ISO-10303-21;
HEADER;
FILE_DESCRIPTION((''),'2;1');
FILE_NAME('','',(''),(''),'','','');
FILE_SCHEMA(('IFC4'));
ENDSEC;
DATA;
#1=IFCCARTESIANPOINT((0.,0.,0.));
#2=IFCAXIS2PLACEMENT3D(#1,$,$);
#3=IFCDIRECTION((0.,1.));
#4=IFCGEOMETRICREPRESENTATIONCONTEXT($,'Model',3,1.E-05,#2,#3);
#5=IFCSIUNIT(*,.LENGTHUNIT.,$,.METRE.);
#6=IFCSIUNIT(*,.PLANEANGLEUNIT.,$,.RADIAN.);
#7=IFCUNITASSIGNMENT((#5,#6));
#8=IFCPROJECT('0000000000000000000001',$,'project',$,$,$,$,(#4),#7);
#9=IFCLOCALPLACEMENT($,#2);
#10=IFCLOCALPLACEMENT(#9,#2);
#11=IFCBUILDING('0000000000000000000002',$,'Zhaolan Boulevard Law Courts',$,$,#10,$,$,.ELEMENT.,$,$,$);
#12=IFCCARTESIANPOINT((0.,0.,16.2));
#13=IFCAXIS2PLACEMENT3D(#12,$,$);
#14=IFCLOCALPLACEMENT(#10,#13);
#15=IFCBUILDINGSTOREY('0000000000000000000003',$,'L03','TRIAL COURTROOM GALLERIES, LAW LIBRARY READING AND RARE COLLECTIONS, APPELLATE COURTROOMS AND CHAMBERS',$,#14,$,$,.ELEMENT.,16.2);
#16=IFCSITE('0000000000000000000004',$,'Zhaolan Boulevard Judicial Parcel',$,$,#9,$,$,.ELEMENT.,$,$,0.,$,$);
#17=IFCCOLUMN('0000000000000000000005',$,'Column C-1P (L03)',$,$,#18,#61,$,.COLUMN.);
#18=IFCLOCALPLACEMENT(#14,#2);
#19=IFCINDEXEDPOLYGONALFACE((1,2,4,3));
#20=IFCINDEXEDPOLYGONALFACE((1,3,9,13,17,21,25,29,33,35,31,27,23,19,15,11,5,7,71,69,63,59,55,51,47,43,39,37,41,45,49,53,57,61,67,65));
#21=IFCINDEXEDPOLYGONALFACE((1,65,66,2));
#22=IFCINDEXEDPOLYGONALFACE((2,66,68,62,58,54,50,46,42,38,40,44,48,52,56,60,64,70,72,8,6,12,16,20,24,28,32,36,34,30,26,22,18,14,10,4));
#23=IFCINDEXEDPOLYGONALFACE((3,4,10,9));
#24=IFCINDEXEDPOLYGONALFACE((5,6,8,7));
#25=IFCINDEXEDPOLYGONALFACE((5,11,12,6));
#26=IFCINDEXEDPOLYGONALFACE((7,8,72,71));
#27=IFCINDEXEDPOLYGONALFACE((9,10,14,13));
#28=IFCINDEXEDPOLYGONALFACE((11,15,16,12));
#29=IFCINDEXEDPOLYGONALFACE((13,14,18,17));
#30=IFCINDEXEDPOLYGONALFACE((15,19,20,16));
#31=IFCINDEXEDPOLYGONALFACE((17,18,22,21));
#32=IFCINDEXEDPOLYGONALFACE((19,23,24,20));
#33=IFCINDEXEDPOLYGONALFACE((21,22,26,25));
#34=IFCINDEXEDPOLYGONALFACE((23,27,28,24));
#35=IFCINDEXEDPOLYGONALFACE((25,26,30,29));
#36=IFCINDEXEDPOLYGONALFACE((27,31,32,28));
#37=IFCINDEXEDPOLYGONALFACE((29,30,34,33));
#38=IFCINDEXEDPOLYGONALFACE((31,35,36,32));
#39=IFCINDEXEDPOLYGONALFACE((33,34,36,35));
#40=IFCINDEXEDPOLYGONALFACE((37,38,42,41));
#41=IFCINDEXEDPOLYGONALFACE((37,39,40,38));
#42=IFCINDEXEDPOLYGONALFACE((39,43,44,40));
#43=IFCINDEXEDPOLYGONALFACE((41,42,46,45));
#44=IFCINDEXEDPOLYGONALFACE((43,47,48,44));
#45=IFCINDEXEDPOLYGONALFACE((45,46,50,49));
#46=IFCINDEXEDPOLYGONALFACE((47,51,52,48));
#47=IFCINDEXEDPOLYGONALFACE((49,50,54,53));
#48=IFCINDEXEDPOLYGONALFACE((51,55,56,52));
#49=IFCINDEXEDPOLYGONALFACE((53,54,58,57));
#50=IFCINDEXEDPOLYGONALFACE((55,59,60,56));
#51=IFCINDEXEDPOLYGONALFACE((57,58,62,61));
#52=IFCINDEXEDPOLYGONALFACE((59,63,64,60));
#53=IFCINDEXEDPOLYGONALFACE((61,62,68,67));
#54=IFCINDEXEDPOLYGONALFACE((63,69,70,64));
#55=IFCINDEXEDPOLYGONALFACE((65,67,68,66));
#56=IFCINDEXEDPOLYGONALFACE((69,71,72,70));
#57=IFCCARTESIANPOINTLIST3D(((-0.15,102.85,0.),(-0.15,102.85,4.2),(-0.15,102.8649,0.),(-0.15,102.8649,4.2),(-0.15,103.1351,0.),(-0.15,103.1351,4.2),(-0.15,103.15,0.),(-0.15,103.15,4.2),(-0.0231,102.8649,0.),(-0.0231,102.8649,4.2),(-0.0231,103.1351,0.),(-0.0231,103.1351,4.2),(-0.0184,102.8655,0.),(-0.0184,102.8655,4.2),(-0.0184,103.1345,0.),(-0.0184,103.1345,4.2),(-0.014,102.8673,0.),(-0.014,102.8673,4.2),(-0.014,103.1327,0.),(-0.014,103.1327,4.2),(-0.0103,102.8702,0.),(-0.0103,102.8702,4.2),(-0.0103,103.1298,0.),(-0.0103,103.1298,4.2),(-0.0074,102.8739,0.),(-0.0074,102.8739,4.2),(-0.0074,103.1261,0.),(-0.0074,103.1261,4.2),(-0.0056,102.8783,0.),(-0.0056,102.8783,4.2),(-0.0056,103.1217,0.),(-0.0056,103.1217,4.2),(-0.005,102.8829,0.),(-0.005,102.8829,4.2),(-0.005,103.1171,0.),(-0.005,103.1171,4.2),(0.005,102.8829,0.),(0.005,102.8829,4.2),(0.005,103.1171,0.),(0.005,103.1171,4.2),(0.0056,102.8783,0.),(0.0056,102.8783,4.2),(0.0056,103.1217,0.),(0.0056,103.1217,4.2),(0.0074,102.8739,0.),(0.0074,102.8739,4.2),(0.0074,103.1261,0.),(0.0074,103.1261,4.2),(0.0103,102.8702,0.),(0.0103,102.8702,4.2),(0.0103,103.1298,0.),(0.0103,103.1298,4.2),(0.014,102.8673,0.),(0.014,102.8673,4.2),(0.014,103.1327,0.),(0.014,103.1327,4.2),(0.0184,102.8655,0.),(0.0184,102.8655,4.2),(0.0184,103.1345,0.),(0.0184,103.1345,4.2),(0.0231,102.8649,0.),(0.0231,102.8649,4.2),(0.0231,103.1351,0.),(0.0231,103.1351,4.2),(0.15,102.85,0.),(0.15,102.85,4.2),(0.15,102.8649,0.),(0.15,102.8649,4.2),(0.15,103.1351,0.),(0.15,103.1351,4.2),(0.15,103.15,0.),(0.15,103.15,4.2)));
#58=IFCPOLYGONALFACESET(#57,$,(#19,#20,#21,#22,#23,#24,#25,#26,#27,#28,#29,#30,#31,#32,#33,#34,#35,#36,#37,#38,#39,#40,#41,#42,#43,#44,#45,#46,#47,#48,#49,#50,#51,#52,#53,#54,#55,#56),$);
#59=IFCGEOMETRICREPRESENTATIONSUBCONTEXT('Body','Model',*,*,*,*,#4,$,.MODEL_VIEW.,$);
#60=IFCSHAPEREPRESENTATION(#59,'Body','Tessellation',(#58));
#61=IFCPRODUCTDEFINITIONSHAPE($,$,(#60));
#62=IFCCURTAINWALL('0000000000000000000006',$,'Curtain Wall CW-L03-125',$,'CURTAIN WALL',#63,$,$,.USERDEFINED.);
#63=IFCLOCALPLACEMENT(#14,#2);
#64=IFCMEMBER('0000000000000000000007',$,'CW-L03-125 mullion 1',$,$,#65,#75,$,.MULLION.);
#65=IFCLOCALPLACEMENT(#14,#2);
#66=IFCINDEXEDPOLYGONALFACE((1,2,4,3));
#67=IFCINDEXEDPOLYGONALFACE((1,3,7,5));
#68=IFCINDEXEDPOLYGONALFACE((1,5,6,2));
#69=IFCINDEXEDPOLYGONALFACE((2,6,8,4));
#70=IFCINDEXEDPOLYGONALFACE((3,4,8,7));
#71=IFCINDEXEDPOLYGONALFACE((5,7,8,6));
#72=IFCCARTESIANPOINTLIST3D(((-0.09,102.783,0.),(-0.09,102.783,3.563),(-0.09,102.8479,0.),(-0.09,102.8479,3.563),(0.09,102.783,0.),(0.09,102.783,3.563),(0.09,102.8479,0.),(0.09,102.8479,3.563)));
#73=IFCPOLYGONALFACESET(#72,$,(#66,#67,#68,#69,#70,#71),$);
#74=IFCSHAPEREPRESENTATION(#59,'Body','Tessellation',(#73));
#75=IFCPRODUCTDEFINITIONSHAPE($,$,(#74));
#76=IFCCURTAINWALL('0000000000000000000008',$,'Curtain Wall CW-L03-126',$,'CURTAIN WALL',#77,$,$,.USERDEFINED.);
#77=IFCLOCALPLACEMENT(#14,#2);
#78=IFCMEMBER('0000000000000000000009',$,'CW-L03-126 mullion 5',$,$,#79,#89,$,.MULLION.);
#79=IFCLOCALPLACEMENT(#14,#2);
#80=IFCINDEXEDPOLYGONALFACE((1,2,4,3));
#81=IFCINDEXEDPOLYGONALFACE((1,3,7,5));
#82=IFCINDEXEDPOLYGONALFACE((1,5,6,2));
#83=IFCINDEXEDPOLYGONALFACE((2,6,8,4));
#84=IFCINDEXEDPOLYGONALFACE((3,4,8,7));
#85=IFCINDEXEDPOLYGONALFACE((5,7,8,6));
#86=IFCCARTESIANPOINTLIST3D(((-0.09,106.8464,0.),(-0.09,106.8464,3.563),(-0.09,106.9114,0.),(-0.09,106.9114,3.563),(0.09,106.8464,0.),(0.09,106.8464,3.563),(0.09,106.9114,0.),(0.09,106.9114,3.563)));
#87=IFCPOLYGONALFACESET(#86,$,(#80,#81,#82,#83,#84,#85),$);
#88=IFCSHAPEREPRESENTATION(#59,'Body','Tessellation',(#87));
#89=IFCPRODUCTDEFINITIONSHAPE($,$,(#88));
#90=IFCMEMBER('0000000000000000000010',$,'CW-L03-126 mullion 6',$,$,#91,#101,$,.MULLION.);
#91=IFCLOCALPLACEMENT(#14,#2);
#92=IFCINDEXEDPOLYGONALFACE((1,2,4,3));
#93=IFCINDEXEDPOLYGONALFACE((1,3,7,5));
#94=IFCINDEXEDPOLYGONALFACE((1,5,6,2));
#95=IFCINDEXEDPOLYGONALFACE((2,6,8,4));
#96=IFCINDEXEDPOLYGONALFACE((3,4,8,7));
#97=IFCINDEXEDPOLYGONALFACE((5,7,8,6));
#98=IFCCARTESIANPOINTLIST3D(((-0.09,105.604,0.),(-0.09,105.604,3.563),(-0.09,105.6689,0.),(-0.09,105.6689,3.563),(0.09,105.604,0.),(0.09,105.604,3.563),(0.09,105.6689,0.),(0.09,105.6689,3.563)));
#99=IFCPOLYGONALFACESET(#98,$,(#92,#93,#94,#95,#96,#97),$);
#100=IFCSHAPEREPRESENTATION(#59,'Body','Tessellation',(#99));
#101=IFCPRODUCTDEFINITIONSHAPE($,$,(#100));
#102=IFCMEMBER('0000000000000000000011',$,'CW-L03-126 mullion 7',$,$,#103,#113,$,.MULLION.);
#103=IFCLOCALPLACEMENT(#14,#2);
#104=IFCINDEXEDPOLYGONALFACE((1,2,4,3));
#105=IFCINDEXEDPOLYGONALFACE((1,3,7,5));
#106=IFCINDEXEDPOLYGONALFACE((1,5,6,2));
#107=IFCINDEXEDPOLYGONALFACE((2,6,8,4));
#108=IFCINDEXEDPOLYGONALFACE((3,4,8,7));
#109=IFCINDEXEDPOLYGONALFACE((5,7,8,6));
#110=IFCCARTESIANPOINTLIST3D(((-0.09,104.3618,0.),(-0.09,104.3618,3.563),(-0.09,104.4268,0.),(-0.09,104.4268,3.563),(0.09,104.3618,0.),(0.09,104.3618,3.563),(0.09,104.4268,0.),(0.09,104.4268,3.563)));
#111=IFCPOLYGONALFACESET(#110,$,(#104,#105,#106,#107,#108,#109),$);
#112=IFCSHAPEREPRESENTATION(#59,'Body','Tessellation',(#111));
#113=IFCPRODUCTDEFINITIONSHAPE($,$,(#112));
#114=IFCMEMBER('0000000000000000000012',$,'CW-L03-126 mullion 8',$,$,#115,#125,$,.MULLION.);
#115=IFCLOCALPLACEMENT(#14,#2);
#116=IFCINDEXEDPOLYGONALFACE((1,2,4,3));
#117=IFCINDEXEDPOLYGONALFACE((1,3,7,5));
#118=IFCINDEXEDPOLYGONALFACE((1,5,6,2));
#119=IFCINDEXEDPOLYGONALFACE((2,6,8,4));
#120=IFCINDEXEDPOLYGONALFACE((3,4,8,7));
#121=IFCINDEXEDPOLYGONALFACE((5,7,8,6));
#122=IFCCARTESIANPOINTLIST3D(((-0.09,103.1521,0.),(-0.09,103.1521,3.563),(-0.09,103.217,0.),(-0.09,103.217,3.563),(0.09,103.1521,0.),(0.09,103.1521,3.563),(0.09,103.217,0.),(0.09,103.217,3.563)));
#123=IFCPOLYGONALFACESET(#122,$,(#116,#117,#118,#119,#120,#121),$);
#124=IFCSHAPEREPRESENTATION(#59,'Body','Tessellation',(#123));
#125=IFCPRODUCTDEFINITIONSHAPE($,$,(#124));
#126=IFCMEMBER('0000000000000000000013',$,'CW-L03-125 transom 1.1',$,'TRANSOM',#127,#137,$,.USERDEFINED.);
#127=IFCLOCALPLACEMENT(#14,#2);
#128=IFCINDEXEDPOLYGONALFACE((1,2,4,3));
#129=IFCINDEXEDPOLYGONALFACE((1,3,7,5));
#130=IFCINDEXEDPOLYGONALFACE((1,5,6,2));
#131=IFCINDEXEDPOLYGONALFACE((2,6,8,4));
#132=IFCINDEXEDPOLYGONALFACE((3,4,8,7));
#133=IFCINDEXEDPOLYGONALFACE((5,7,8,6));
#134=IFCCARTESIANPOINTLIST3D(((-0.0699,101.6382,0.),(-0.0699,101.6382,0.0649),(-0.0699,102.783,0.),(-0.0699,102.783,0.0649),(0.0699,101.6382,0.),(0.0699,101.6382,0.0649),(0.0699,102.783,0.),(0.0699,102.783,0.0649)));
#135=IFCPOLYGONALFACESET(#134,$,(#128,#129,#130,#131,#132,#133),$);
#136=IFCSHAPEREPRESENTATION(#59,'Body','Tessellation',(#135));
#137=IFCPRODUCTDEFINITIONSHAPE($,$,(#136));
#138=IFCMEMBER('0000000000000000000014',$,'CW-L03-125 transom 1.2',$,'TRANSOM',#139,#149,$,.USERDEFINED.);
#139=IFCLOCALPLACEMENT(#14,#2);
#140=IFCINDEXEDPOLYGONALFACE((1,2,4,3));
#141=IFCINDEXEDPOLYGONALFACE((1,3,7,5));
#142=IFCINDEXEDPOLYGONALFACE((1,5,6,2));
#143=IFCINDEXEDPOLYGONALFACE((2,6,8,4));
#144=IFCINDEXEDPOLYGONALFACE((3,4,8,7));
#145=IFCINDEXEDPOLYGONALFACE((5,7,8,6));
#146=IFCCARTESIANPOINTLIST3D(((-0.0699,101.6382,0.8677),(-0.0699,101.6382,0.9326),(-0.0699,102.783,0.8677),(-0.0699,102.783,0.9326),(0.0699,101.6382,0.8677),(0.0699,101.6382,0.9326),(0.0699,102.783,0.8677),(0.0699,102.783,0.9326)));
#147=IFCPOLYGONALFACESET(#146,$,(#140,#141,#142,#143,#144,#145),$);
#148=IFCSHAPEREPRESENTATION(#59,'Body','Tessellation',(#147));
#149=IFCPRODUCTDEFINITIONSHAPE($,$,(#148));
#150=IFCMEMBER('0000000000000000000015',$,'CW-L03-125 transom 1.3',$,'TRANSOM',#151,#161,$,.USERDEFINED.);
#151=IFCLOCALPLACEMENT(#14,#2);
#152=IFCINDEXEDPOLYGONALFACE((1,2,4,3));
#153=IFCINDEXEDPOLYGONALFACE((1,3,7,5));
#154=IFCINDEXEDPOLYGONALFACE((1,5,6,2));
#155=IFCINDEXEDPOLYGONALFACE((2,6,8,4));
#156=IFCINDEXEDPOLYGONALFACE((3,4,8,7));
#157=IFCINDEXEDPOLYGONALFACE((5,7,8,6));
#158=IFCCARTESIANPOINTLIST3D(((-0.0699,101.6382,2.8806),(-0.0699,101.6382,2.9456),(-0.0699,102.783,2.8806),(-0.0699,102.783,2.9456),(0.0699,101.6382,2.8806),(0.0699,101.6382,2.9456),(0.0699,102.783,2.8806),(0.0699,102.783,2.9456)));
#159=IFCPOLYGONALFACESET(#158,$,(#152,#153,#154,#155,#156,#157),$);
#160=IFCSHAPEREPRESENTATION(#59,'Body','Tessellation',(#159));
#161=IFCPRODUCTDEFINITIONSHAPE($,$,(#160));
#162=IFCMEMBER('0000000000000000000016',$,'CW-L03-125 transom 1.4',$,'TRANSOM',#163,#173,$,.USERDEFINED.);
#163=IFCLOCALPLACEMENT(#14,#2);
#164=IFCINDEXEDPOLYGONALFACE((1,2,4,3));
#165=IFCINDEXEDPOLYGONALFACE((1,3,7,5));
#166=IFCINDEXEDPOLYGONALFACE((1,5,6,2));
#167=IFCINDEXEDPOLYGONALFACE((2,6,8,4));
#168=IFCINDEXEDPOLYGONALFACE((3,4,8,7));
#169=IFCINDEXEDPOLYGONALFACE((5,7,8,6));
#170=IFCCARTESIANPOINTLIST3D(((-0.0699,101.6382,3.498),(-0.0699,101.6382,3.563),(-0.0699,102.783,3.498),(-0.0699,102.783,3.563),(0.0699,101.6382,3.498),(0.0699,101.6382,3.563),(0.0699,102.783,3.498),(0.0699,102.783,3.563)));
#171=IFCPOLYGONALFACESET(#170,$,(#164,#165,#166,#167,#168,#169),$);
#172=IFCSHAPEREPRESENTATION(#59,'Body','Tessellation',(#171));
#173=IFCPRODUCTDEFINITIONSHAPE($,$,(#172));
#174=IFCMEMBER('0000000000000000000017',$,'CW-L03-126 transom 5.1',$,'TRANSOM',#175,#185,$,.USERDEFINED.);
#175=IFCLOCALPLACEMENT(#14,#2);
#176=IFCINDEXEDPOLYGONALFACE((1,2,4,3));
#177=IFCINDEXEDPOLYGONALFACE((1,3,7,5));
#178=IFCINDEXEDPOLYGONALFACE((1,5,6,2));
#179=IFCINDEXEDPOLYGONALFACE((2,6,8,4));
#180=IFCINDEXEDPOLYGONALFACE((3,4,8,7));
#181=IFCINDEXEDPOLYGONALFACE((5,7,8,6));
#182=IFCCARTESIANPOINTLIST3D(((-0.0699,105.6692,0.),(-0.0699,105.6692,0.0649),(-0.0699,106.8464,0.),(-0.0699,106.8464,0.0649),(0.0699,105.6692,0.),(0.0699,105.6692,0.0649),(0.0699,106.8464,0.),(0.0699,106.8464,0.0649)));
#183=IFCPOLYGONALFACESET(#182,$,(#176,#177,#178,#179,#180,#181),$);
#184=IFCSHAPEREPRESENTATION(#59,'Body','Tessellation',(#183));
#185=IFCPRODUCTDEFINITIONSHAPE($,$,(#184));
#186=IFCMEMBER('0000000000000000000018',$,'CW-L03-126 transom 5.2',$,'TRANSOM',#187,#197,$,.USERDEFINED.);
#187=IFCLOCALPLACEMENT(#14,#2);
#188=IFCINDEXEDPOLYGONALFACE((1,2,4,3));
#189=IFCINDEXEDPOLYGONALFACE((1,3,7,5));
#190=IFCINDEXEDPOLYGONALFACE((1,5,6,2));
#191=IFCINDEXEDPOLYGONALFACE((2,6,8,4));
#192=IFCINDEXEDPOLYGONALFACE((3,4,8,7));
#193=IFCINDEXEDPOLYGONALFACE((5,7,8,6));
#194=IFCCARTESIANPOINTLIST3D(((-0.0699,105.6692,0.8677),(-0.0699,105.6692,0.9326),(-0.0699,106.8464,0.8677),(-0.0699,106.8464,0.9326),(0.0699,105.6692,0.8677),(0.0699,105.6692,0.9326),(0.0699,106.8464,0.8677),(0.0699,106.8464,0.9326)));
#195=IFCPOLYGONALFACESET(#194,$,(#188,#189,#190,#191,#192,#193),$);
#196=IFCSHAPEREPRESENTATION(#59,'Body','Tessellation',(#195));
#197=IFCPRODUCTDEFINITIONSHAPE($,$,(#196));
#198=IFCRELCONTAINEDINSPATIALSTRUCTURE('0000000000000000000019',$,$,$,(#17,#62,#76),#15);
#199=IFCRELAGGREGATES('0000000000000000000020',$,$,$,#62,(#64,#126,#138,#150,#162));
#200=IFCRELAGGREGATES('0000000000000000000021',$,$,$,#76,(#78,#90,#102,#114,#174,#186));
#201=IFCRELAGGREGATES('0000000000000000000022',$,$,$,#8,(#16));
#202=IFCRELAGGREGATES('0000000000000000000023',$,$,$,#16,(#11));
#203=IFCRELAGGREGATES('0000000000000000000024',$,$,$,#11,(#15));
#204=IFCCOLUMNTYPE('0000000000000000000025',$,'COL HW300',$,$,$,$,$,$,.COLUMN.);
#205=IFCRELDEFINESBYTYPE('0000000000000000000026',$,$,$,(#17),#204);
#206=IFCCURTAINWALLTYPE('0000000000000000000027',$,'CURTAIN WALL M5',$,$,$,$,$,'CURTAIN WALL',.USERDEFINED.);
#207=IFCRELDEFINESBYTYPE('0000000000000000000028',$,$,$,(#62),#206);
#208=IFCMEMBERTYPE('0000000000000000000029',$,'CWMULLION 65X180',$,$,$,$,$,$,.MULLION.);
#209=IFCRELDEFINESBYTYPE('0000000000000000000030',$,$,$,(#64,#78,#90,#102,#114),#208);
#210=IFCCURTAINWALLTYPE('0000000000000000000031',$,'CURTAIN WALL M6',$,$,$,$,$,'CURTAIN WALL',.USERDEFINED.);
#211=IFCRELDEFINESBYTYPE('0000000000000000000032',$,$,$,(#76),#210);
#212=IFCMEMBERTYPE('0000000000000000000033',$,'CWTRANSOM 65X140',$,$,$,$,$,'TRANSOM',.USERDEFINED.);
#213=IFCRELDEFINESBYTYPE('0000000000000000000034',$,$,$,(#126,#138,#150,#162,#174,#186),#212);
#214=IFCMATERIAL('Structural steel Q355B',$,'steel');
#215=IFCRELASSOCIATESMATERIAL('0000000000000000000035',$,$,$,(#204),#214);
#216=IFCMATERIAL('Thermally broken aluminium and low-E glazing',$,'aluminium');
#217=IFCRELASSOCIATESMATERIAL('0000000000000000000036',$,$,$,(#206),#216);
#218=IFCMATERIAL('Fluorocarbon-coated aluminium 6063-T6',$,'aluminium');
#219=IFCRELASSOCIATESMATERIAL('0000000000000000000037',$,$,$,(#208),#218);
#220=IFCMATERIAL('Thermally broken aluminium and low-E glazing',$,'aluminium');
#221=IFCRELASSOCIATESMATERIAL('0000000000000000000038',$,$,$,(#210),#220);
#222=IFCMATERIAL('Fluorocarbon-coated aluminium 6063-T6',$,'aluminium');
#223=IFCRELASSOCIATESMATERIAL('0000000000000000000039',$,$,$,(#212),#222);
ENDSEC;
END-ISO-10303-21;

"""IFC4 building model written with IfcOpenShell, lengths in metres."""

from ifc_helpers import new_model, si_unit, direction, frame, origin, origin_2d, place, context, subcontext, project, spatial, rectangle, i_section, extrude, material, material_profile, profile_set, type_object, element, aggregate, save


model = new_model("IFC4")

# Units and contexts
model_context = context("Model", 3, precision=1e-05, world=origin(), true_north=direction((0.0, 1.0)))
body_context = subcontext(model_context, "Body", "Model", "MODEL_VIEW")
ifc_project = project(units=[si_unit("LENGTHUNIT", "METRE"), si_unit("PLANEANGLEUNIT", "RADIAN")], contexts=[model_context])

# Site, building, storey
site_placement = place(None, origin())
site = spatial("IfcSite", under=ifc_project, at=site_placement, Name="Zhaolan Boulevard Judicial Parcel", CompositionType="ELEMENT", RefElevation=0.0)
building_placement = place(site_placement, origin())
building = spatial("IfcBuilding", under=site, at=building_placement, Name="Zhaolan Boulevard Law Courts", CompositionType="ELEMENT")
storey_placement = place(building_placement, frame((0.0, 0.0, 16.2)))
storey = spatial("IfcBuildingStorey", under=building, at=storey_placement, Name="L03", Description="TRIAL COURTROOM GALLERIES, LAW LIBRARY READING AND RARE COLLECTIONS, APPELLATE COURTROOMS AND CHAMBERS", CompositionType="ELEMENT", Elevation=16.2)

# Column
ifc_material_1 = material(Name="Structural steel Q355B", Category="steel")
ifc_material_profile_1 = material_profile(ifc_material_1, i_section(OverallWidth=0.3, OverallDepth=0.3, WebThickness=0.01, FlangeThickness=0.0149, FilletRadius=0.0181, at=origin_2d()), Name="HW300x300")
ifc_profile_set_1 = profile_set([ifc_material_profile_1], Name="Structural steel Q355B")
column_type = type_object("IfcColumnType", Name="COL HW300", PredefinedType="COLUMN", material=ifc_profile_set_1)
column_placement = place(storey_placement, frame((0.0, 103.0, 0.0), z_axis=(0.0, 0.0, 1.0), x_axis=(1.0, 0.0, 0.0)))
element("IfcColumn", 1, at=column_placement, inside=storey, type_object=column_type, Name="Column C-1P (L03)", PredefinedType="COLUMN", context=body_context, shape_type="SweptSolid", body=[
    extrude(i_section(OverallWidth=0.3, OverallDepth=0.3, WebThickness=0.01, FlangeThickness=0.0149, FilletRadius=0.0181, at=origin_2d()), origin(), (0.0, 0.0, 1.0), 4.2),
])

# Curtain wall, member
ifc_material_2 = material(Name="Thermally broken aluminium and low-E glazing", Category="aluminium")
curtain_wall_type_1 = type_object("IfcCurtainWallType", Name="CURTAIN WALL M5", ElementType="CURTAIN WALL", PredefinedType="USERDEFINED", material=ifc_material_2)
curtain_wall_1_placement = place(storey_placement, origin())
curtain_wall_1 = element("IfcCurtainWall", 2, at=curtain_wall_1_placement, inside=storey, type_object=curtain_wall_type_1, Name="Curtain Wall CW-L03-125", ObjectType="CURTAIN WALL", PredefinedType="USERDEFINED")
ifc_material_3 = material(Name="Fluorocarbon-coated aluminium 6063-T6", Category="aluminium")
ifc_material_profile_2 = material_profile(ifc_material_3, rectangle(XDim=0.1799, YDim=0.0649, at=origin_2d()), Name="AL65x180")
ifc_profile_set_2 = profile_set([ifc_material_profile_2], Name="Fluorocarbon-coated aluminium 6063-T6")
member_type_1 = type_object("IfcMemberType", Name="CWMULLION 65X180", PredefinedType="MULLION", material=ifc_profile_set_2)
member_1_placement = place(storey_placement, frame((0.0, 102.8154, 0.0), z_axis=(0.0, 0.0, 1.0), x_axis=(1.0, 0.0, 0.0)))
member_1 = element("IfcMember", 3, at=member_1_placement, type_object=member_type_1, Name="CW-L03-125 mullion 1", PredefinedType="MULLION", context=body_context, shape_type="SweptSolid", body=[
    extrude(rectangle(XDim=0.1799, YDim=0.0649, at=origin_2d()), origin(), (0.0, 0.0, 1.0), 3.563),
])

# Curtain wall, members
ifc_material_4 = material(Name="Thermally broken aluminium and low-E glazing", Category="aluminium")
curtain_wall_type_2 = type_object("IfcCurtainWallType", Name="CURTAIN WALL M6", ElementType="CURTAIN WALL", PredefinedType="USERDEFINED", material=ifc_material_4)
curtain_wall_2_placement = place(storey_placement, origin())
curtain_wall_2 = element("IfcCurtainWall", 4, at=curtain_wall_2_placement, inside=storey, type_object=curtain_wall_type_2, Name="Curtain Wall CW-L03-126", ObjectType="CURTAIN WALL", PredefinedType="USERDEFINED")
member_2_placement = place(storey_placement, frame((0.0, 106.8789, 0.0), z_axis=(0.0, 0.0, 1.0), x_axis=(1.0, 0.0, 0.0)))
member_2 = element("IfcMember", 5, at=member_2_placement, type_object=member_type_1, Name="CW-L03-126 mullion 5", PredefinedType="MULLION", context=body_context, shape_type="SweptSolid", body=[
    extrude(rectangle(XDim=0.1799, YDim=0.0649, at=origin_2d()), origin(), (0.0, 0.0, 1.0), 3.563),
])
member_3_placement = place(storey_placement, frame((0.0, 105.6365, 0.0), z_axis=(0.0, 0.0, 1.0), x_axis=(1.0, 0.0, 0.0)))
member_3 = element("IfcMember", 6, at=member_3_placement, type_object=member_type_1, Name="CW-L03-126 mullion 6", PredefinedType="MULLION", context=body_context, shape_type="SweptSolid", body=[
    extrude(rectangle(XDim=0.1799, YDim=0.0649, at=origin_2d()), origin(), (0.0, 0.0, 1.0), 3.563),
])
member_4_placement = place(storey_placement, frame((0.0, 104.3943, 0.0), z_axis=(0.0, 0.0, 1.0), x_axis=(1.0, 0.0, 0.0)))
member_4 = element("IfcMember", 7, at=member_4_placement, type_object=member_type_1, Name="CW-L03-126 mullion 7", PredefinedType="MULLION", context=body_context, shape_type="SweptSolid", body=[
    extrude(rectangle(XDim=0.1799, YDim=0.0649, at=origin_2d()), origin(), (0.0, 0.0, 1.0), 3.563),
])
member_5_placement = place(storey_placement, frame((0.0, 103.1846, 0.0), z_axis=(0.0, 0.0, 1.0), x_axis=(1.0, 0.0, 0.0)))
member_5 = element("IfcMember", 8, at=member_5_placement, type_object=member_type_1, Name="CW-L03-126 mullion 8", PredefinedType="MULLION", context=body_context, shape_type="SweptSolid", body=[
    extrude(rectangle(XDim=0.1799, YDim=0.0649, at=origin_2d()), origin(), (0.0, 0.0, 1.0), 3.563),
])

# Members
ifc_material_5 = material(Name="Fluorocarbon-coated aluminium 6063-T6", Category="aluminium")
ifc_material_profile_3 = material_profile(ifc_material_5, rectangle(XDim=0.1399, YDim=0.0649, at=origin_2d()), Name="AL65x140")
ifc_profile_set_3 = profile_set([ifc_material_profile_3], Name="Fluorocarbon-coated aluminium 6063-T6")
member_type_2 = type_object("IfcMemberType", Name="CWTRANSOM 65X140", ElementType="TRANSOM", PredefinedType="USERDEFINED", material=ifc_profile_set_3)
member_6_placement = place(storey_placement, frame((0.0, 102.783, 0.0325), z_axis=(0.0, -1.0, 0.0), x_axis=(1.0, 0.0, 0.0)))
member_6 = element("IfcMember", 9, at=member_6_placement, type_object=member_type_2, Name="CW-L03-125 transom 1.1", ObjectType="TRANSOM", PredefinedType="USERDEFINED", context=body_context, shape_type="SweptSolid", body=[
    extrude(rectangle(XDim=0.1399, YDim=0.0649, at=origin_2d()), origin(), (0.0, 0.0, 1.0), 1.1448),
])
member_7_placement = place(storey_placement, frame((0.0, 102.783, 0.9001), z_axis=(0.0, -1.0, 0.0), x_axis=(1.0, 0.0, 0.0)))
member_7 = element("IfcMember", 10, at=member_7_placement, type_object=member_type_2, Name="CW-L03-125 transom 1.2", ObjectType="TRANSOM", PredefinedType="USERDEFINED", context=body_context, shape_type="SweptSolid", body=[
    extrude(rectangle(XDim=0.1399, YDim=0.0649, at=origin_2d()), origin(), (0.0, 0.0, 1.0), 1.1448),
])
member_8_placement = place(storey_placement, frame((0.0, 102.783, 2.9131), z_axis=(0.0, -1.0, 0.0), x_axis=(1.0, 0.0, 0.0)))
member_8 = element("IfcMember", 11, at=member_8_placement, type_object=member_type_2, Name="CW-L03-125 transom 1.3", ObjectType="TRANSOM", PredefinedType="USERDEFINED", context=body_context, shape_type="SweptSolid", body=[
    extrude(rectangle(XDim=0.1399, YDim=0.0649, at=origin_2d()), origin(), (0.0, 0.0, 1.0), 1.1448),
])
member_9_placement = place(storey_placement, frame((0.0, 102.783, 3.5305), z_axis=(0.0, -1.0, 0.0), x_axis=(1.0, 0.0, 0.0)))
member_9 = element("IfcMember", 12, at=member_9_placement, type_object=member_type_2, Name="CW-L03-125 transom 1.4", ObjectType="TRANSOM", PredefinedType="USERDEFINED", context=body_context, shape_type="SweptSolid", body=[
    extrude(rectangle(XDim=0.1399, YDim=0.0649, at=origin_2d()), origin(), (0.0, 0.0, 1.0), 1.1448),
])
member_10_placement = place(storey_placement, frame((0.0, 106.8464, 0.0325), z_axis=(0.0, -1.0, 0.0), x_axis=(1.0, 0.0, 0.0)))
member_10 = element("IfcMember", 13, at=member_10_placement, type_object=member_type_2, Name="CW-L03-126 transom 5.1", ObjectType="TRANSOM", PredefinedType="USERDEFINED", context=body_context, shape_type="SweptSolid", body=[
    extrude(rectangle(XDim=0.1399, YDim=0.0649, at=origin_2d()), origin(), (0.0, 0.0, 1.0), 1.1772),
])
member_11_placement = place(storey_placement, frame((0.0, 106.8464, 0.9001), z_axis=(0.0, -1.0, 0.0), x_axis=(1.0, 0.0, 0.0)))
member_11 = element("IfcMember", 14, at=member_11_placement, type_object=member_type_2, Name="CW-L03-126 transom 5.2", ObjectType="TRANSOM", PredefinedType="USERDEFINED", context=body_context, shape_type="SweptSolid", body=[
    extrude(rectangle(XDim=0.1399, YDim=0.0649, at=origin_2d()), origin(), (0.0, 0.0, 1.0), 1.1772),
])

aggregate(curtain_wall_1, [member_1, member_6, member_7, member_8, member_9])
aggregate(curtain_wall_2, [member_2, member_3, member_4, member_5, member_10, member_11])

save(model, "model.ifc")
